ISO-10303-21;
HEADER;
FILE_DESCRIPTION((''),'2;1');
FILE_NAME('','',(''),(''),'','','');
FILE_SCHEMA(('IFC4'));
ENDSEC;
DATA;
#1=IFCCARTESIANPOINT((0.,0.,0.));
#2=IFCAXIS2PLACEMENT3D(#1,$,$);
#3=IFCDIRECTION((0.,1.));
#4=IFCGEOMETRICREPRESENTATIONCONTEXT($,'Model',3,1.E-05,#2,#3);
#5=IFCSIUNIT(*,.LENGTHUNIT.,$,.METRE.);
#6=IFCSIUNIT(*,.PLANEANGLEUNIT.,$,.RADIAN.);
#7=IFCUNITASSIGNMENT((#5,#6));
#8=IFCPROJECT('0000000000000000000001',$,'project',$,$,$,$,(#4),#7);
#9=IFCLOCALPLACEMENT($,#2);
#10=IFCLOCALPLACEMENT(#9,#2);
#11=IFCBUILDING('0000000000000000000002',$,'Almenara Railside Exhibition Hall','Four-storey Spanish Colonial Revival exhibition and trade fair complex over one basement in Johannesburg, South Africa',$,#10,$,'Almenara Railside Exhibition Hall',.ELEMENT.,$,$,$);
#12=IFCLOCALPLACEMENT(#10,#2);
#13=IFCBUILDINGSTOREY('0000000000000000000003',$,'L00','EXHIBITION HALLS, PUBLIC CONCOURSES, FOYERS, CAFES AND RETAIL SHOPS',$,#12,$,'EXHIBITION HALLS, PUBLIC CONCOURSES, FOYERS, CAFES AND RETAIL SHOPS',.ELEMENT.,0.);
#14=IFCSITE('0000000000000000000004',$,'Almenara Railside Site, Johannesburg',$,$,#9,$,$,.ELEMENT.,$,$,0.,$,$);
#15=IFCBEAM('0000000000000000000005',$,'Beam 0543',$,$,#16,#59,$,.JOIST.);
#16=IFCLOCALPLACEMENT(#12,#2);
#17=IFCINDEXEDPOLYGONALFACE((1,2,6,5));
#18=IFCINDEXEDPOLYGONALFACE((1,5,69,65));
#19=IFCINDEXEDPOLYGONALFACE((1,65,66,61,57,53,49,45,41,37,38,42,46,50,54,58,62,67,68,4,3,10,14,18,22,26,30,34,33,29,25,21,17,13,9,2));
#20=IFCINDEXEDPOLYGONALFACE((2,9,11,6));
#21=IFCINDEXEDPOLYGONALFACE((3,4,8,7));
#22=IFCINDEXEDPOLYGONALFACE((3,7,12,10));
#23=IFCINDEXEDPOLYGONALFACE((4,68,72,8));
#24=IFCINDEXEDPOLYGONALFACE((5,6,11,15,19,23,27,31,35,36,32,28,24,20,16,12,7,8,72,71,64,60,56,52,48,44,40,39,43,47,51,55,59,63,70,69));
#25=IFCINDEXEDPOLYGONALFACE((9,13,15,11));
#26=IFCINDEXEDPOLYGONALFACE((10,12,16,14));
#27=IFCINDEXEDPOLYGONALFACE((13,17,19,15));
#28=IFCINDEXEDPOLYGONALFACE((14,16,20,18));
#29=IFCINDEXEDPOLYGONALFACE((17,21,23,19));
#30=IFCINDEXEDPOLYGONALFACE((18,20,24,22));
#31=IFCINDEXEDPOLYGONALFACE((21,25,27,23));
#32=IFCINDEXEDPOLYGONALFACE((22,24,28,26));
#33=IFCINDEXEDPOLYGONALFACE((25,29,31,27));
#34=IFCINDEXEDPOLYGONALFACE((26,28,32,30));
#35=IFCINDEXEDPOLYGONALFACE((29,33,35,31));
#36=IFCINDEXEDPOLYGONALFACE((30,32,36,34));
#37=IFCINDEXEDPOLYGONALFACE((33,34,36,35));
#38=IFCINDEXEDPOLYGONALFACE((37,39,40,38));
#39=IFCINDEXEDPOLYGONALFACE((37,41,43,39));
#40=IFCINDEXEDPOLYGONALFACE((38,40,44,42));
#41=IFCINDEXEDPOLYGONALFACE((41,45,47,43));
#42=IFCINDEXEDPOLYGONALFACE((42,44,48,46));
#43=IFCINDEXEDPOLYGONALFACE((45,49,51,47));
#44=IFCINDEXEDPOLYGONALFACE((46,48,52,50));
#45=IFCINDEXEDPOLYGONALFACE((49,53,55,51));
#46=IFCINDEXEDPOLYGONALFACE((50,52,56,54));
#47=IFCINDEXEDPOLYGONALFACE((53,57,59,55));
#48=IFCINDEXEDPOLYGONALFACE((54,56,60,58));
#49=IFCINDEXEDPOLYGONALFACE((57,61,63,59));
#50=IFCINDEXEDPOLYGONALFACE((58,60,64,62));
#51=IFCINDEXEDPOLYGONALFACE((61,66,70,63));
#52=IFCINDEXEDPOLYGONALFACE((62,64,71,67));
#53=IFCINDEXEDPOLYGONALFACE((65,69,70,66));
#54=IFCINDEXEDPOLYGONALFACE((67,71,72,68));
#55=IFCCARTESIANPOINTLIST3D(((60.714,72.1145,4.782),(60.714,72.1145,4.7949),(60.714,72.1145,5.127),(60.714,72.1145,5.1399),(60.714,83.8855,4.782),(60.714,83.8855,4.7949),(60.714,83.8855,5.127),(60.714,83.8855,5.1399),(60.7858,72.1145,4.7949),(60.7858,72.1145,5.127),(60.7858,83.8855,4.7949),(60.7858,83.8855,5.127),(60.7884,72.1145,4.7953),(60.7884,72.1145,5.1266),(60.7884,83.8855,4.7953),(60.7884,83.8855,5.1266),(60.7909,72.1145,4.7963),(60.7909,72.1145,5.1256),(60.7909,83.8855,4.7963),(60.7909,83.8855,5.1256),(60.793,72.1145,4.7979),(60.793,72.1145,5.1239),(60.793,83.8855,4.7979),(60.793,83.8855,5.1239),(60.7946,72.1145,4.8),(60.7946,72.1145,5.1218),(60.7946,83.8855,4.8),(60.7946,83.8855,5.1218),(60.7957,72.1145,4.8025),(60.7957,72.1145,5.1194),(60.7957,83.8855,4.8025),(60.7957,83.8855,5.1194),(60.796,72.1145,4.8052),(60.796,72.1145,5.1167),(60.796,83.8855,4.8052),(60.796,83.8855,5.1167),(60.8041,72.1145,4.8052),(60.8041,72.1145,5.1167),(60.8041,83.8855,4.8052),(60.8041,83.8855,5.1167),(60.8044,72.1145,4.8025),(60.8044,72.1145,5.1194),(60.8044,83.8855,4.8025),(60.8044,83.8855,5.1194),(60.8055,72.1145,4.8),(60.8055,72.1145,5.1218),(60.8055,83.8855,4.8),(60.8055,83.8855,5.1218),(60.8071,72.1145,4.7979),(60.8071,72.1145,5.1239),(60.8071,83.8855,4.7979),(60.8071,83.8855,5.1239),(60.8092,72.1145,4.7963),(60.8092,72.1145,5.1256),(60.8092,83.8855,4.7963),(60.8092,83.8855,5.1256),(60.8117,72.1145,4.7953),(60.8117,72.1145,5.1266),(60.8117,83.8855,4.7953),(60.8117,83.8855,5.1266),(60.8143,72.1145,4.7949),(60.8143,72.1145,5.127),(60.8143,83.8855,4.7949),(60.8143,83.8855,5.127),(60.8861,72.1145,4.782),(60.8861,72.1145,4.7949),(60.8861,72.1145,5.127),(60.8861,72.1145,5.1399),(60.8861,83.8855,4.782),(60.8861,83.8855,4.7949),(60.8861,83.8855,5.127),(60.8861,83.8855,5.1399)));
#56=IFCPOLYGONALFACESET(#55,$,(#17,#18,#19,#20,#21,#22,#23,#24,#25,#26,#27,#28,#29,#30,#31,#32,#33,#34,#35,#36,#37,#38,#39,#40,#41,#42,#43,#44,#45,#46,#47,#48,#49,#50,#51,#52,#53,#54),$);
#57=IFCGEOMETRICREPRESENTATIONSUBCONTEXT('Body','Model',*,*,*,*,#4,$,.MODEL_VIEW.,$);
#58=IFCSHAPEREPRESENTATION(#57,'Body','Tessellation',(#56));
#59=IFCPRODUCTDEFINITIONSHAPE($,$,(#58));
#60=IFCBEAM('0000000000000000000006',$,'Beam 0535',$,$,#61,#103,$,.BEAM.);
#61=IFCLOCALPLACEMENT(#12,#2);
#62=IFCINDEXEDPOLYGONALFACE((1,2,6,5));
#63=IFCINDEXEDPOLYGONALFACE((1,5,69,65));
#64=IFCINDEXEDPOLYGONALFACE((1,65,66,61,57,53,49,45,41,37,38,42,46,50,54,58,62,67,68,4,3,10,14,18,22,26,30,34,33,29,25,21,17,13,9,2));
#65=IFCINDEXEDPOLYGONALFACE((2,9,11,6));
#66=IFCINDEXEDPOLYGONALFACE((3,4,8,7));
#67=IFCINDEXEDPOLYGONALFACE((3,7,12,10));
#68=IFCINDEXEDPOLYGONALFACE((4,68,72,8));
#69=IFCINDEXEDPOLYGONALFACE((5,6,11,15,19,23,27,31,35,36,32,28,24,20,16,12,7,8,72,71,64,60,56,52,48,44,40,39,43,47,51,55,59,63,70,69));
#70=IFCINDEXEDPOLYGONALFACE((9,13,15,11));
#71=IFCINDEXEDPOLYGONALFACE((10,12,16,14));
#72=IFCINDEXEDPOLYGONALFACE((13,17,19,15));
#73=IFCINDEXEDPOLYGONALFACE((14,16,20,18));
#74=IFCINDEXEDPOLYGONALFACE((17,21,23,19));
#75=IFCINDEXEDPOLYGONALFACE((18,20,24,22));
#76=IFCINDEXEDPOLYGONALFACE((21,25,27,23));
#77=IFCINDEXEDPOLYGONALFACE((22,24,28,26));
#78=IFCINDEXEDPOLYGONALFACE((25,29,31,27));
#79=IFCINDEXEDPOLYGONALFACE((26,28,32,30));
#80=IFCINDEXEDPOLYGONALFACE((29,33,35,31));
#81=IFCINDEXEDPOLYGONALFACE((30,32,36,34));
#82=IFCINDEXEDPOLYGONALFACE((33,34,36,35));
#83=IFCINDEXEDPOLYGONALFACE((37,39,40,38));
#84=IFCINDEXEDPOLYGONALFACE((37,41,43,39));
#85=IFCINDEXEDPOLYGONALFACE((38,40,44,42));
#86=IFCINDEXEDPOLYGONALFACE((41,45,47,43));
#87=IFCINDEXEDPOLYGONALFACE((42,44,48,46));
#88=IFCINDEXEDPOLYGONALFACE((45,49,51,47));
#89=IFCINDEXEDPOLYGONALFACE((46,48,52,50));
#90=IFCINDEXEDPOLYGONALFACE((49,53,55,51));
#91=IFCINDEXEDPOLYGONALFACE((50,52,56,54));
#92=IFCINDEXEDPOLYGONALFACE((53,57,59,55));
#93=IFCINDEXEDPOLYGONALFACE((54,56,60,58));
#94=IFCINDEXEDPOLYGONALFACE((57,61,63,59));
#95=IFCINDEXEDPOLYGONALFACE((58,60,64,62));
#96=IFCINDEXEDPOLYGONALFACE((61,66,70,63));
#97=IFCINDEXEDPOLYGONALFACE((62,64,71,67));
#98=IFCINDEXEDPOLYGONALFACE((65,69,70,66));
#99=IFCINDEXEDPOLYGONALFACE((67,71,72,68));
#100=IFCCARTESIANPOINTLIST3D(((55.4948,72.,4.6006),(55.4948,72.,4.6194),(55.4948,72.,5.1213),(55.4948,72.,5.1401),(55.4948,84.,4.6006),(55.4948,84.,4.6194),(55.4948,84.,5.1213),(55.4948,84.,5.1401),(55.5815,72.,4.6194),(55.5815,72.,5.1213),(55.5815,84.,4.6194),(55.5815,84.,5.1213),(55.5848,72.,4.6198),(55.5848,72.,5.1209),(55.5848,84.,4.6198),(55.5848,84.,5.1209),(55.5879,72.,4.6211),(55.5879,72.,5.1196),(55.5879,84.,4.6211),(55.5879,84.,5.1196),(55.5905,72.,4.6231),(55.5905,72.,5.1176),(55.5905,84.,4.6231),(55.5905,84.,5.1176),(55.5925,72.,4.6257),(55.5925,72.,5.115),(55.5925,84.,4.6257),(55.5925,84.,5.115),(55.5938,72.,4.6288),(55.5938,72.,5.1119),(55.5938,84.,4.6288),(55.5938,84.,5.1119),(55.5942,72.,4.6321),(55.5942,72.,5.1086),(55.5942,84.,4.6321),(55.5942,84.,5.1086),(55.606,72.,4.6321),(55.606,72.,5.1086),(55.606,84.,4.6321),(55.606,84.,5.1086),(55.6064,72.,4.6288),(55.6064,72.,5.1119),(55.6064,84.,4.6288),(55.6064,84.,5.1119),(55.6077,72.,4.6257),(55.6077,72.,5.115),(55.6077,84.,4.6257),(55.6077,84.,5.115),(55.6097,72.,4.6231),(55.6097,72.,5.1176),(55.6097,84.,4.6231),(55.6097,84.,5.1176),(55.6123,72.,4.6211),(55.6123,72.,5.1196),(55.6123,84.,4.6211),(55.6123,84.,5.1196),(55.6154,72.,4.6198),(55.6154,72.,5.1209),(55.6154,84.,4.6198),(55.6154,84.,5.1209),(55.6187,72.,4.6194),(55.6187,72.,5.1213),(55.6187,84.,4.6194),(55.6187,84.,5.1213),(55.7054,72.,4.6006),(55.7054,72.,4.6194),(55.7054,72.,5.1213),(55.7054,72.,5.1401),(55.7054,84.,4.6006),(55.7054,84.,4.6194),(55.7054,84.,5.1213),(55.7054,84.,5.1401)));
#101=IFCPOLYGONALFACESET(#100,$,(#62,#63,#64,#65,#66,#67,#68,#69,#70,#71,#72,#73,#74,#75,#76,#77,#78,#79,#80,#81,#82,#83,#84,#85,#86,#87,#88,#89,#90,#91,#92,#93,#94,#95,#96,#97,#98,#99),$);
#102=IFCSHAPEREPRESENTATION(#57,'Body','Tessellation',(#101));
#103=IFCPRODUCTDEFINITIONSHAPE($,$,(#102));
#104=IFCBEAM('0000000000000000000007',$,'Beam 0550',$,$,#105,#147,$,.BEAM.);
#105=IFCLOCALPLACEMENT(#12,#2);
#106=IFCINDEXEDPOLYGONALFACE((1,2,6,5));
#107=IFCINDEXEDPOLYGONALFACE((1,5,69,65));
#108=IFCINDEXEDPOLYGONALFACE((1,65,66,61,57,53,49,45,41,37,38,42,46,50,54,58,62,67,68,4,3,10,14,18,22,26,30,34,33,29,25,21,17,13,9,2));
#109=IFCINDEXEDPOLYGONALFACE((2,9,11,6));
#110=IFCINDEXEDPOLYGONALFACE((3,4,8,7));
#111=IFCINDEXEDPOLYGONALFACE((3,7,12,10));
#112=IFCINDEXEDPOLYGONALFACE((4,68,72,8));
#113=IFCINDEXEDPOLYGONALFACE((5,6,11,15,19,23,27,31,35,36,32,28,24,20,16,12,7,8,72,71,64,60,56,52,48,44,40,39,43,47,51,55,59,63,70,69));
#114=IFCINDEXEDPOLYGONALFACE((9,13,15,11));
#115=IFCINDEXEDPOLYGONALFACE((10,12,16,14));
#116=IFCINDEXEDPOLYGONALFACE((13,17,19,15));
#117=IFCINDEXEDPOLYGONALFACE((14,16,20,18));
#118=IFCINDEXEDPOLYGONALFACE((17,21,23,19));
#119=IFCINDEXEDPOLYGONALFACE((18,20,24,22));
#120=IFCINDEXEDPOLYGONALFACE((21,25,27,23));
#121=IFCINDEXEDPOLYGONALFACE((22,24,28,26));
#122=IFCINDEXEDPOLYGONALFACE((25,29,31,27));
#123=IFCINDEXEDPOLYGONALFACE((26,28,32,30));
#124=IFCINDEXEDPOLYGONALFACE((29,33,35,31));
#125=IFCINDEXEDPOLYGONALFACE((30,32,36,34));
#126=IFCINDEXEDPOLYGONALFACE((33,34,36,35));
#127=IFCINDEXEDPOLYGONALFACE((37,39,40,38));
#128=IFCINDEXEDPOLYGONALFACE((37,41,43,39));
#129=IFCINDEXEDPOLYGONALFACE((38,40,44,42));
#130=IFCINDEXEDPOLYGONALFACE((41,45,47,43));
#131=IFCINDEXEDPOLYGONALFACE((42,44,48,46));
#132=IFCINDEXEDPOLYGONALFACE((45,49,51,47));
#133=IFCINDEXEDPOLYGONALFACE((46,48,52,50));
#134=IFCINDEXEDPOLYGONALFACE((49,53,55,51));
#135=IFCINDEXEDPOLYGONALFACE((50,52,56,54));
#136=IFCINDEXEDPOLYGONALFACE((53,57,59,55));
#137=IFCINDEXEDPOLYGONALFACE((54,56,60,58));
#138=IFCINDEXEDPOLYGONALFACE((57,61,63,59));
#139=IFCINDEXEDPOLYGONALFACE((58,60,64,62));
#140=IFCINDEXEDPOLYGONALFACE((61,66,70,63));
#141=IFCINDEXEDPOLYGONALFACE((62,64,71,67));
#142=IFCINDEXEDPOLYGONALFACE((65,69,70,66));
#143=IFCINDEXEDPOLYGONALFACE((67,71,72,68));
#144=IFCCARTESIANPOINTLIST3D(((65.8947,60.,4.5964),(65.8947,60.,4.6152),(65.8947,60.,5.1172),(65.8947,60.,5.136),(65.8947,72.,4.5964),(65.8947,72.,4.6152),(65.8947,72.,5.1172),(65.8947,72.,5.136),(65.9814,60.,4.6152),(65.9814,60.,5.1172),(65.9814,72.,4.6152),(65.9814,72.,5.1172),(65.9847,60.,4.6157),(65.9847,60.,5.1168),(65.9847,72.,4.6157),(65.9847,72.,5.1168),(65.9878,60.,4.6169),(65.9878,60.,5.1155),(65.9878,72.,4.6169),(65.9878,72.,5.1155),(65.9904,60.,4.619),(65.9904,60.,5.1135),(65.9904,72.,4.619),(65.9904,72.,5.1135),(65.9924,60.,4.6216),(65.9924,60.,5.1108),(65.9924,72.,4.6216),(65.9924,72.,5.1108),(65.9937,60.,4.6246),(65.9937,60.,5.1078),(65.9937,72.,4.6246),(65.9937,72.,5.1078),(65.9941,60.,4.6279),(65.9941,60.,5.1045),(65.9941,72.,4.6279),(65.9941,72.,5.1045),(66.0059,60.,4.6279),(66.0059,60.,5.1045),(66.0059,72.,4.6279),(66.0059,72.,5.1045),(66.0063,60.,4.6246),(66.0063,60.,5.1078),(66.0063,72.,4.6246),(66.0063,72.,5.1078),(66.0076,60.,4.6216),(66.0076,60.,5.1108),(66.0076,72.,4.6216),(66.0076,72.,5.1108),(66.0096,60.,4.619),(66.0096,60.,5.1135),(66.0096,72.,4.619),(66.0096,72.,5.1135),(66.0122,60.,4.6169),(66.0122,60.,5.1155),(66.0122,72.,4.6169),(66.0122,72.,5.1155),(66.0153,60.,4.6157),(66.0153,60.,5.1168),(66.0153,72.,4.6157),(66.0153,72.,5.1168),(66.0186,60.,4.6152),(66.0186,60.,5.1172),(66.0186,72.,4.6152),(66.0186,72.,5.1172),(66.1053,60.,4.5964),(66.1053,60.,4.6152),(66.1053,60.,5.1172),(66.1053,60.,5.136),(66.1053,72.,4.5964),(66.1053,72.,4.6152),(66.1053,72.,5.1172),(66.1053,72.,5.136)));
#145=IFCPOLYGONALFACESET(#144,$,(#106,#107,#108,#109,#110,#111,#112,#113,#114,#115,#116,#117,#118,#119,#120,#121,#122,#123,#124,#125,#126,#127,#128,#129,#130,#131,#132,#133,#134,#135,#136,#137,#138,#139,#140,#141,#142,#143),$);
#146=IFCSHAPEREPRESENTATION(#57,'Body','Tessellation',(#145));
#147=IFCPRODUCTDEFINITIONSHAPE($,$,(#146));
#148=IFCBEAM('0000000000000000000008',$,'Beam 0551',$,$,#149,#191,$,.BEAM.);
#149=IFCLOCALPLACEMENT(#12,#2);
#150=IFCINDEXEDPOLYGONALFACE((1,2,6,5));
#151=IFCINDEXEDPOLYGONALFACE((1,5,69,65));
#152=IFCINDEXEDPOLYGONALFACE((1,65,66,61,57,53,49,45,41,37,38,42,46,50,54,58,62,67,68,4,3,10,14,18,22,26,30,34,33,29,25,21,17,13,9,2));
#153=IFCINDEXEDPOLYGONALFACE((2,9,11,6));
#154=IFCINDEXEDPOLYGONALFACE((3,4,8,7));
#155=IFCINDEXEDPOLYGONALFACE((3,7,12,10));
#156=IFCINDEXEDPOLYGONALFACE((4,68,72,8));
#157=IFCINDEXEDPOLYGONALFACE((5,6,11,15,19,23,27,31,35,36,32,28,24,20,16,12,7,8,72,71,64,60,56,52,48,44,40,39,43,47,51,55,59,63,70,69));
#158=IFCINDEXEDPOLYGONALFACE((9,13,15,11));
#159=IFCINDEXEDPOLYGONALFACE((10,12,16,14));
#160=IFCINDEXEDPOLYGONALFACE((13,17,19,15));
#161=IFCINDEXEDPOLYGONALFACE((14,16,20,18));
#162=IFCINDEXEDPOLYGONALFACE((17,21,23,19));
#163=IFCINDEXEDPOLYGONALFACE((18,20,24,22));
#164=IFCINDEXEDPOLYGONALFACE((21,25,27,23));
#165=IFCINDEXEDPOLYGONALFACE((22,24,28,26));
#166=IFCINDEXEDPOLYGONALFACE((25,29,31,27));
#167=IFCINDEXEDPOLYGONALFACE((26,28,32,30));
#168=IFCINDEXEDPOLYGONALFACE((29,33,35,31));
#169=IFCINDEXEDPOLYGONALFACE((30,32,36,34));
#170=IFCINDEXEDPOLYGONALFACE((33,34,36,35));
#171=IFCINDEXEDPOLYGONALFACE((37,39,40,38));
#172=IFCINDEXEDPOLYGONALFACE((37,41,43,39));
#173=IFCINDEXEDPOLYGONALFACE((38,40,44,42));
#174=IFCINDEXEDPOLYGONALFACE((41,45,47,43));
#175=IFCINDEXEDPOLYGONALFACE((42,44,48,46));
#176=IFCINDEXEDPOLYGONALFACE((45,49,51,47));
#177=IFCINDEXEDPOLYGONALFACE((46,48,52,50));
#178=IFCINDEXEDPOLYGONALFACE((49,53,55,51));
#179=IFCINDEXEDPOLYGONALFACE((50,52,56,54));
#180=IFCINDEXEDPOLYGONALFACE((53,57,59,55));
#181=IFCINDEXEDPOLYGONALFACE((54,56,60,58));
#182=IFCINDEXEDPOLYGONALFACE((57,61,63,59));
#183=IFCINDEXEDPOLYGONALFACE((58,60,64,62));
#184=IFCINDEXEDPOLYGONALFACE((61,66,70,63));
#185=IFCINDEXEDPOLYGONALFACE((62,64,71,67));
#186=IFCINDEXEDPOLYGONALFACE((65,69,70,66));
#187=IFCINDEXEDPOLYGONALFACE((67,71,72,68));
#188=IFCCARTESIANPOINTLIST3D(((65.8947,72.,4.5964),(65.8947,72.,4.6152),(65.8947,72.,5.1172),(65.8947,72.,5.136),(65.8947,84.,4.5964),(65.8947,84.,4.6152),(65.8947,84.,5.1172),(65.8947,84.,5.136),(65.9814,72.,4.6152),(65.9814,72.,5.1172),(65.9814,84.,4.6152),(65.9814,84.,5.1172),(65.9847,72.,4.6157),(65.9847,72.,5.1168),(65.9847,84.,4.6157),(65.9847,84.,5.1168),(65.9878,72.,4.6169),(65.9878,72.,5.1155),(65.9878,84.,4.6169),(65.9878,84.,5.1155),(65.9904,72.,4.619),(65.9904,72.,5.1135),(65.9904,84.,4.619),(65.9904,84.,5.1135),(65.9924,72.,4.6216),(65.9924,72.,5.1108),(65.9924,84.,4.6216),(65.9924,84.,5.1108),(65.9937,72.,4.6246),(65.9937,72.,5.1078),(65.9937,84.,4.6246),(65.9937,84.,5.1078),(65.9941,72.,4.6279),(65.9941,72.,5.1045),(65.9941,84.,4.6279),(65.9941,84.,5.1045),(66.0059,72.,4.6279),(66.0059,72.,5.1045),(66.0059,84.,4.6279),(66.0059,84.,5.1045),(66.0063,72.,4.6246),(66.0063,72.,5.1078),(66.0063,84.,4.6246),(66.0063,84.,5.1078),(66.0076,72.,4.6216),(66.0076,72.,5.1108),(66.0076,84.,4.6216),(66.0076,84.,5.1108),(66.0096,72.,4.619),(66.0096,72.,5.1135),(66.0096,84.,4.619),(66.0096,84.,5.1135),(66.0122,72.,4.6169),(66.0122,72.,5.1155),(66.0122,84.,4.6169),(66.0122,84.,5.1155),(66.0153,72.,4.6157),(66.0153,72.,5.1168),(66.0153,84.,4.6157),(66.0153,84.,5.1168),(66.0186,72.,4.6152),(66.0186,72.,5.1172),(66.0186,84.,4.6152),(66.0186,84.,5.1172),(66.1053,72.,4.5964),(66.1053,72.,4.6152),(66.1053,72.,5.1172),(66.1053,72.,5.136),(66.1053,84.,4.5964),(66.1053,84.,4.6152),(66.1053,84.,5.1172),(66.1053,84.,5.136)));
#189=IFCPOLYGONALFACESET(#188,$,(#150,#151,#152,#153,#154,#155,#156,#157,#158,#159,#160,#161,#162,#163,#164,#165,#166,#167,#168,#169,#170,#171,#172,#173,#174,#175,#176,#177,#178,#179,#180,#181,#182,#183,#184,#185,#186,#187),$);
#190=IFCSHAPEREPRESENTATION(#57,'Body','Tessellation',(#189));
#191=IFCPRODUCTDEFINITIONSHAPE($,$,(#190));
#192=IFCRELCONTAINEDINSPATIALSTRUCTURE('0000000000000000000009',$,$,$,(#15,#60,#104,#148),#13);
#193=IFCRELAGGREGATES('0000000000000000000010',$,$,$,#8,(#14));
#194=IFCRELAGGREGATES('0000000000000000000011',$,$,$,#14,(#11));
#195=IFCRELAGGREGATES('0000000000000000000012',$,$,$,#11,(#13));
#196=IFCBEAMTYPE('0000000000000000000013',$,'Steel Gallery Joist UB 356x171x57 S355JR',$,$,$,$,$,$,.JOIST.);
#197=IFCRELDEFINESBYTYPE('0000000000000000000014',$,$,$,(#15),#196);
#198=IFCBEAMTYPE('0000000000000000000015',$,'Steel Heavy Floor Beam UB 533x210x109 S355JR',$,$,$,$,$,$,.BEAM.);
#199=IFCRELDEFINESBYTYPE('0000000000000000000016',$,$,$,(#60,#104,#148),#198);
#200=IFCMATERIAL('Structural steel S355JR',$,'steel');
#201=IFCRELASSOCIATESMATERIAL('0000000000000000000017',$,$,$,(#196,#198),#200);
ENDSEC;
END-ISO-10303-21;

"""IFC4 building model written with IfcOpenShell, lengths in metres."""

from ifc_helpers import new_model, si_unit, direction, frame, origin, origin_2d, place, context, subcontext, project, spatial, i_section, extrude, material, material_profile, profile_set, type_object, element, save


model = new_model("IFC4")

# Units and contexts
model_context = context("Model", 3, precision=1e-05, world=origin(), true_north=direction((0.0, 1.0)))
body_context = subcontext(model_context, "Body", "Model", "MODEL_VIEW")
ifc_project = project(units=[si_unit("LENGTHUNIT", "METRE"), si_unit("PLANEANGLEUNIT", "RADIAN")], contexts=[model_context])

# Site, building, storey
site_placement = place(None, origin())
site = spatial("IfcSite", under=ifc_project, at=site_placement, Name="Almenara Railside Site, Johannesburg", CompositionType="ELEMENT", RefElevation=0.0)
building_placement = place(site_placement, origin())
building = spatial("IfcBuilding", under=site, at=building_placement, Name="Almenara Railside Exhibition Hall", Description="Four-storey Spanish Colonial Revival exhibition and trade fair complex over one basement in Johannesburg, South Africa", LongName="Almenara Railside Exhibition Hall", CompositionType="ELEMENT")
storey_placement = place(building_placement, origin())
storey = spatial("IfcBuildingStorey", under=building, at=storey_placement, Name="L00", Description="EXHIBITION HALLS, PUBLIC CONCOURSES, FOYERS, CAFES AND RETAIL SHOPS", LongName="EXHIBITION HALLS, PUBLIC CONCOURSES, FOYERS, CAFES AND RETAIL SHOPS", CompositionType="ELEMENT", Elevation=0.0)

# Beams
ifc_material_1 = material(Name="Structural steel S355JR", Category="steel")
ifc_material_profile_1 = material_profile(ifc_material_1, i_section(OverallWidth=0.1721, OverallDepth=0.3579, WebThickness=0.0081, FlangeThickness=0.0129, FilletRadius=0.0103, at=origin_2d()), Name="UB 356x171x57")
ifc_profile_set_1 = profile_set([ifc_material_profile_1], Name="Structural steel S355JR")
beam_type_1 = type_object("IfcBeamType", Name="Steel Gallery Joist UB 356x171x57 S355JR", PredefinedType="JOIST", material=ifc_profile_set_1)
for number, where, z_axis, x_axis, name in (
    (1, (60.8, 72.1145, 4.9609), (0.0, 1.0, 0.0), (-1.0, 0.0, 0.0), "Beam 0543"),
):
    element("IfcBeam", number, at=place(storey_placement, frame(where, z_axis=z_axis, x_axis=x_axis)), inside=storey, type_object=beam_type_1, Name=name, PredefinedType="JOIST", context=body_context, shape_type="SweptSolid", body=[
        extrude(i_section(OverallWidth=0.1721, OverallDepth=0.3579, WebThickness=0.0081, FlangeThickness=0.0129, FilletRadius=0.0103, at=origin_2d()), origin(), (0.0, 0.0, 1.0), 11.771),
    ])
ifc_material_profile_2 = material_profile(ifc_material_1, i_section(OverallWidth=0.2107, OverallDepth=0.5396, WebThickness=0.0117, FlangeThickness=0.0188, FilletRadius=0.0127, at=origin_2d()), Name="UB 533x210x109")
ifc_profile_set_2 = profile_set([ifc_material_profile_2], Name="Structural steel S355JR")
beam_type_2 = type_object("IfcBeamType", Name="Steel Heavy Floor Beam UB 533x210x109 S355JR", PredefinedType="BEAM", material=ifc_profile_set_2)
for number, where, z_axis, x_axis, name in (
    (2, (55.6001, 72.0, 4.8704), (0.0, 1.0, 0.0), (-1.0, 0.0, 0.0), "Beam 0535"),
    (3, (66.0, 60.0, 4.8662), (0.0, 1.0, 0.0), (-1.0, 0.0, 0.0), "Beam 0550"),
    (4, (66.0, 72.0, 4.8662), (0.0, 1.0, 0.0), (-1.0, 0.0, 0.0), "Beam 0551"),
):
    element("IfcBeam", number, at=place(storey_placement, frame(where, z_axis=z_axis, x_axis=x_axis)), inside=storey, type_object=beam_type_2, Name=name, PredefinedType="BEAM", context=body_context, shape_type="SweptSolid", body=[
        extrude(i_section(OverallWidth=0.2107, OverallDepth=0.5396, WebThickness=0.0117, FlangeThickness=0.0188, FilletRadius=0.0127, at=origin_2d()), origin(), (0.0, 0.0, 1.0), 12.0),
    ])

save(model, "model.ifc")
